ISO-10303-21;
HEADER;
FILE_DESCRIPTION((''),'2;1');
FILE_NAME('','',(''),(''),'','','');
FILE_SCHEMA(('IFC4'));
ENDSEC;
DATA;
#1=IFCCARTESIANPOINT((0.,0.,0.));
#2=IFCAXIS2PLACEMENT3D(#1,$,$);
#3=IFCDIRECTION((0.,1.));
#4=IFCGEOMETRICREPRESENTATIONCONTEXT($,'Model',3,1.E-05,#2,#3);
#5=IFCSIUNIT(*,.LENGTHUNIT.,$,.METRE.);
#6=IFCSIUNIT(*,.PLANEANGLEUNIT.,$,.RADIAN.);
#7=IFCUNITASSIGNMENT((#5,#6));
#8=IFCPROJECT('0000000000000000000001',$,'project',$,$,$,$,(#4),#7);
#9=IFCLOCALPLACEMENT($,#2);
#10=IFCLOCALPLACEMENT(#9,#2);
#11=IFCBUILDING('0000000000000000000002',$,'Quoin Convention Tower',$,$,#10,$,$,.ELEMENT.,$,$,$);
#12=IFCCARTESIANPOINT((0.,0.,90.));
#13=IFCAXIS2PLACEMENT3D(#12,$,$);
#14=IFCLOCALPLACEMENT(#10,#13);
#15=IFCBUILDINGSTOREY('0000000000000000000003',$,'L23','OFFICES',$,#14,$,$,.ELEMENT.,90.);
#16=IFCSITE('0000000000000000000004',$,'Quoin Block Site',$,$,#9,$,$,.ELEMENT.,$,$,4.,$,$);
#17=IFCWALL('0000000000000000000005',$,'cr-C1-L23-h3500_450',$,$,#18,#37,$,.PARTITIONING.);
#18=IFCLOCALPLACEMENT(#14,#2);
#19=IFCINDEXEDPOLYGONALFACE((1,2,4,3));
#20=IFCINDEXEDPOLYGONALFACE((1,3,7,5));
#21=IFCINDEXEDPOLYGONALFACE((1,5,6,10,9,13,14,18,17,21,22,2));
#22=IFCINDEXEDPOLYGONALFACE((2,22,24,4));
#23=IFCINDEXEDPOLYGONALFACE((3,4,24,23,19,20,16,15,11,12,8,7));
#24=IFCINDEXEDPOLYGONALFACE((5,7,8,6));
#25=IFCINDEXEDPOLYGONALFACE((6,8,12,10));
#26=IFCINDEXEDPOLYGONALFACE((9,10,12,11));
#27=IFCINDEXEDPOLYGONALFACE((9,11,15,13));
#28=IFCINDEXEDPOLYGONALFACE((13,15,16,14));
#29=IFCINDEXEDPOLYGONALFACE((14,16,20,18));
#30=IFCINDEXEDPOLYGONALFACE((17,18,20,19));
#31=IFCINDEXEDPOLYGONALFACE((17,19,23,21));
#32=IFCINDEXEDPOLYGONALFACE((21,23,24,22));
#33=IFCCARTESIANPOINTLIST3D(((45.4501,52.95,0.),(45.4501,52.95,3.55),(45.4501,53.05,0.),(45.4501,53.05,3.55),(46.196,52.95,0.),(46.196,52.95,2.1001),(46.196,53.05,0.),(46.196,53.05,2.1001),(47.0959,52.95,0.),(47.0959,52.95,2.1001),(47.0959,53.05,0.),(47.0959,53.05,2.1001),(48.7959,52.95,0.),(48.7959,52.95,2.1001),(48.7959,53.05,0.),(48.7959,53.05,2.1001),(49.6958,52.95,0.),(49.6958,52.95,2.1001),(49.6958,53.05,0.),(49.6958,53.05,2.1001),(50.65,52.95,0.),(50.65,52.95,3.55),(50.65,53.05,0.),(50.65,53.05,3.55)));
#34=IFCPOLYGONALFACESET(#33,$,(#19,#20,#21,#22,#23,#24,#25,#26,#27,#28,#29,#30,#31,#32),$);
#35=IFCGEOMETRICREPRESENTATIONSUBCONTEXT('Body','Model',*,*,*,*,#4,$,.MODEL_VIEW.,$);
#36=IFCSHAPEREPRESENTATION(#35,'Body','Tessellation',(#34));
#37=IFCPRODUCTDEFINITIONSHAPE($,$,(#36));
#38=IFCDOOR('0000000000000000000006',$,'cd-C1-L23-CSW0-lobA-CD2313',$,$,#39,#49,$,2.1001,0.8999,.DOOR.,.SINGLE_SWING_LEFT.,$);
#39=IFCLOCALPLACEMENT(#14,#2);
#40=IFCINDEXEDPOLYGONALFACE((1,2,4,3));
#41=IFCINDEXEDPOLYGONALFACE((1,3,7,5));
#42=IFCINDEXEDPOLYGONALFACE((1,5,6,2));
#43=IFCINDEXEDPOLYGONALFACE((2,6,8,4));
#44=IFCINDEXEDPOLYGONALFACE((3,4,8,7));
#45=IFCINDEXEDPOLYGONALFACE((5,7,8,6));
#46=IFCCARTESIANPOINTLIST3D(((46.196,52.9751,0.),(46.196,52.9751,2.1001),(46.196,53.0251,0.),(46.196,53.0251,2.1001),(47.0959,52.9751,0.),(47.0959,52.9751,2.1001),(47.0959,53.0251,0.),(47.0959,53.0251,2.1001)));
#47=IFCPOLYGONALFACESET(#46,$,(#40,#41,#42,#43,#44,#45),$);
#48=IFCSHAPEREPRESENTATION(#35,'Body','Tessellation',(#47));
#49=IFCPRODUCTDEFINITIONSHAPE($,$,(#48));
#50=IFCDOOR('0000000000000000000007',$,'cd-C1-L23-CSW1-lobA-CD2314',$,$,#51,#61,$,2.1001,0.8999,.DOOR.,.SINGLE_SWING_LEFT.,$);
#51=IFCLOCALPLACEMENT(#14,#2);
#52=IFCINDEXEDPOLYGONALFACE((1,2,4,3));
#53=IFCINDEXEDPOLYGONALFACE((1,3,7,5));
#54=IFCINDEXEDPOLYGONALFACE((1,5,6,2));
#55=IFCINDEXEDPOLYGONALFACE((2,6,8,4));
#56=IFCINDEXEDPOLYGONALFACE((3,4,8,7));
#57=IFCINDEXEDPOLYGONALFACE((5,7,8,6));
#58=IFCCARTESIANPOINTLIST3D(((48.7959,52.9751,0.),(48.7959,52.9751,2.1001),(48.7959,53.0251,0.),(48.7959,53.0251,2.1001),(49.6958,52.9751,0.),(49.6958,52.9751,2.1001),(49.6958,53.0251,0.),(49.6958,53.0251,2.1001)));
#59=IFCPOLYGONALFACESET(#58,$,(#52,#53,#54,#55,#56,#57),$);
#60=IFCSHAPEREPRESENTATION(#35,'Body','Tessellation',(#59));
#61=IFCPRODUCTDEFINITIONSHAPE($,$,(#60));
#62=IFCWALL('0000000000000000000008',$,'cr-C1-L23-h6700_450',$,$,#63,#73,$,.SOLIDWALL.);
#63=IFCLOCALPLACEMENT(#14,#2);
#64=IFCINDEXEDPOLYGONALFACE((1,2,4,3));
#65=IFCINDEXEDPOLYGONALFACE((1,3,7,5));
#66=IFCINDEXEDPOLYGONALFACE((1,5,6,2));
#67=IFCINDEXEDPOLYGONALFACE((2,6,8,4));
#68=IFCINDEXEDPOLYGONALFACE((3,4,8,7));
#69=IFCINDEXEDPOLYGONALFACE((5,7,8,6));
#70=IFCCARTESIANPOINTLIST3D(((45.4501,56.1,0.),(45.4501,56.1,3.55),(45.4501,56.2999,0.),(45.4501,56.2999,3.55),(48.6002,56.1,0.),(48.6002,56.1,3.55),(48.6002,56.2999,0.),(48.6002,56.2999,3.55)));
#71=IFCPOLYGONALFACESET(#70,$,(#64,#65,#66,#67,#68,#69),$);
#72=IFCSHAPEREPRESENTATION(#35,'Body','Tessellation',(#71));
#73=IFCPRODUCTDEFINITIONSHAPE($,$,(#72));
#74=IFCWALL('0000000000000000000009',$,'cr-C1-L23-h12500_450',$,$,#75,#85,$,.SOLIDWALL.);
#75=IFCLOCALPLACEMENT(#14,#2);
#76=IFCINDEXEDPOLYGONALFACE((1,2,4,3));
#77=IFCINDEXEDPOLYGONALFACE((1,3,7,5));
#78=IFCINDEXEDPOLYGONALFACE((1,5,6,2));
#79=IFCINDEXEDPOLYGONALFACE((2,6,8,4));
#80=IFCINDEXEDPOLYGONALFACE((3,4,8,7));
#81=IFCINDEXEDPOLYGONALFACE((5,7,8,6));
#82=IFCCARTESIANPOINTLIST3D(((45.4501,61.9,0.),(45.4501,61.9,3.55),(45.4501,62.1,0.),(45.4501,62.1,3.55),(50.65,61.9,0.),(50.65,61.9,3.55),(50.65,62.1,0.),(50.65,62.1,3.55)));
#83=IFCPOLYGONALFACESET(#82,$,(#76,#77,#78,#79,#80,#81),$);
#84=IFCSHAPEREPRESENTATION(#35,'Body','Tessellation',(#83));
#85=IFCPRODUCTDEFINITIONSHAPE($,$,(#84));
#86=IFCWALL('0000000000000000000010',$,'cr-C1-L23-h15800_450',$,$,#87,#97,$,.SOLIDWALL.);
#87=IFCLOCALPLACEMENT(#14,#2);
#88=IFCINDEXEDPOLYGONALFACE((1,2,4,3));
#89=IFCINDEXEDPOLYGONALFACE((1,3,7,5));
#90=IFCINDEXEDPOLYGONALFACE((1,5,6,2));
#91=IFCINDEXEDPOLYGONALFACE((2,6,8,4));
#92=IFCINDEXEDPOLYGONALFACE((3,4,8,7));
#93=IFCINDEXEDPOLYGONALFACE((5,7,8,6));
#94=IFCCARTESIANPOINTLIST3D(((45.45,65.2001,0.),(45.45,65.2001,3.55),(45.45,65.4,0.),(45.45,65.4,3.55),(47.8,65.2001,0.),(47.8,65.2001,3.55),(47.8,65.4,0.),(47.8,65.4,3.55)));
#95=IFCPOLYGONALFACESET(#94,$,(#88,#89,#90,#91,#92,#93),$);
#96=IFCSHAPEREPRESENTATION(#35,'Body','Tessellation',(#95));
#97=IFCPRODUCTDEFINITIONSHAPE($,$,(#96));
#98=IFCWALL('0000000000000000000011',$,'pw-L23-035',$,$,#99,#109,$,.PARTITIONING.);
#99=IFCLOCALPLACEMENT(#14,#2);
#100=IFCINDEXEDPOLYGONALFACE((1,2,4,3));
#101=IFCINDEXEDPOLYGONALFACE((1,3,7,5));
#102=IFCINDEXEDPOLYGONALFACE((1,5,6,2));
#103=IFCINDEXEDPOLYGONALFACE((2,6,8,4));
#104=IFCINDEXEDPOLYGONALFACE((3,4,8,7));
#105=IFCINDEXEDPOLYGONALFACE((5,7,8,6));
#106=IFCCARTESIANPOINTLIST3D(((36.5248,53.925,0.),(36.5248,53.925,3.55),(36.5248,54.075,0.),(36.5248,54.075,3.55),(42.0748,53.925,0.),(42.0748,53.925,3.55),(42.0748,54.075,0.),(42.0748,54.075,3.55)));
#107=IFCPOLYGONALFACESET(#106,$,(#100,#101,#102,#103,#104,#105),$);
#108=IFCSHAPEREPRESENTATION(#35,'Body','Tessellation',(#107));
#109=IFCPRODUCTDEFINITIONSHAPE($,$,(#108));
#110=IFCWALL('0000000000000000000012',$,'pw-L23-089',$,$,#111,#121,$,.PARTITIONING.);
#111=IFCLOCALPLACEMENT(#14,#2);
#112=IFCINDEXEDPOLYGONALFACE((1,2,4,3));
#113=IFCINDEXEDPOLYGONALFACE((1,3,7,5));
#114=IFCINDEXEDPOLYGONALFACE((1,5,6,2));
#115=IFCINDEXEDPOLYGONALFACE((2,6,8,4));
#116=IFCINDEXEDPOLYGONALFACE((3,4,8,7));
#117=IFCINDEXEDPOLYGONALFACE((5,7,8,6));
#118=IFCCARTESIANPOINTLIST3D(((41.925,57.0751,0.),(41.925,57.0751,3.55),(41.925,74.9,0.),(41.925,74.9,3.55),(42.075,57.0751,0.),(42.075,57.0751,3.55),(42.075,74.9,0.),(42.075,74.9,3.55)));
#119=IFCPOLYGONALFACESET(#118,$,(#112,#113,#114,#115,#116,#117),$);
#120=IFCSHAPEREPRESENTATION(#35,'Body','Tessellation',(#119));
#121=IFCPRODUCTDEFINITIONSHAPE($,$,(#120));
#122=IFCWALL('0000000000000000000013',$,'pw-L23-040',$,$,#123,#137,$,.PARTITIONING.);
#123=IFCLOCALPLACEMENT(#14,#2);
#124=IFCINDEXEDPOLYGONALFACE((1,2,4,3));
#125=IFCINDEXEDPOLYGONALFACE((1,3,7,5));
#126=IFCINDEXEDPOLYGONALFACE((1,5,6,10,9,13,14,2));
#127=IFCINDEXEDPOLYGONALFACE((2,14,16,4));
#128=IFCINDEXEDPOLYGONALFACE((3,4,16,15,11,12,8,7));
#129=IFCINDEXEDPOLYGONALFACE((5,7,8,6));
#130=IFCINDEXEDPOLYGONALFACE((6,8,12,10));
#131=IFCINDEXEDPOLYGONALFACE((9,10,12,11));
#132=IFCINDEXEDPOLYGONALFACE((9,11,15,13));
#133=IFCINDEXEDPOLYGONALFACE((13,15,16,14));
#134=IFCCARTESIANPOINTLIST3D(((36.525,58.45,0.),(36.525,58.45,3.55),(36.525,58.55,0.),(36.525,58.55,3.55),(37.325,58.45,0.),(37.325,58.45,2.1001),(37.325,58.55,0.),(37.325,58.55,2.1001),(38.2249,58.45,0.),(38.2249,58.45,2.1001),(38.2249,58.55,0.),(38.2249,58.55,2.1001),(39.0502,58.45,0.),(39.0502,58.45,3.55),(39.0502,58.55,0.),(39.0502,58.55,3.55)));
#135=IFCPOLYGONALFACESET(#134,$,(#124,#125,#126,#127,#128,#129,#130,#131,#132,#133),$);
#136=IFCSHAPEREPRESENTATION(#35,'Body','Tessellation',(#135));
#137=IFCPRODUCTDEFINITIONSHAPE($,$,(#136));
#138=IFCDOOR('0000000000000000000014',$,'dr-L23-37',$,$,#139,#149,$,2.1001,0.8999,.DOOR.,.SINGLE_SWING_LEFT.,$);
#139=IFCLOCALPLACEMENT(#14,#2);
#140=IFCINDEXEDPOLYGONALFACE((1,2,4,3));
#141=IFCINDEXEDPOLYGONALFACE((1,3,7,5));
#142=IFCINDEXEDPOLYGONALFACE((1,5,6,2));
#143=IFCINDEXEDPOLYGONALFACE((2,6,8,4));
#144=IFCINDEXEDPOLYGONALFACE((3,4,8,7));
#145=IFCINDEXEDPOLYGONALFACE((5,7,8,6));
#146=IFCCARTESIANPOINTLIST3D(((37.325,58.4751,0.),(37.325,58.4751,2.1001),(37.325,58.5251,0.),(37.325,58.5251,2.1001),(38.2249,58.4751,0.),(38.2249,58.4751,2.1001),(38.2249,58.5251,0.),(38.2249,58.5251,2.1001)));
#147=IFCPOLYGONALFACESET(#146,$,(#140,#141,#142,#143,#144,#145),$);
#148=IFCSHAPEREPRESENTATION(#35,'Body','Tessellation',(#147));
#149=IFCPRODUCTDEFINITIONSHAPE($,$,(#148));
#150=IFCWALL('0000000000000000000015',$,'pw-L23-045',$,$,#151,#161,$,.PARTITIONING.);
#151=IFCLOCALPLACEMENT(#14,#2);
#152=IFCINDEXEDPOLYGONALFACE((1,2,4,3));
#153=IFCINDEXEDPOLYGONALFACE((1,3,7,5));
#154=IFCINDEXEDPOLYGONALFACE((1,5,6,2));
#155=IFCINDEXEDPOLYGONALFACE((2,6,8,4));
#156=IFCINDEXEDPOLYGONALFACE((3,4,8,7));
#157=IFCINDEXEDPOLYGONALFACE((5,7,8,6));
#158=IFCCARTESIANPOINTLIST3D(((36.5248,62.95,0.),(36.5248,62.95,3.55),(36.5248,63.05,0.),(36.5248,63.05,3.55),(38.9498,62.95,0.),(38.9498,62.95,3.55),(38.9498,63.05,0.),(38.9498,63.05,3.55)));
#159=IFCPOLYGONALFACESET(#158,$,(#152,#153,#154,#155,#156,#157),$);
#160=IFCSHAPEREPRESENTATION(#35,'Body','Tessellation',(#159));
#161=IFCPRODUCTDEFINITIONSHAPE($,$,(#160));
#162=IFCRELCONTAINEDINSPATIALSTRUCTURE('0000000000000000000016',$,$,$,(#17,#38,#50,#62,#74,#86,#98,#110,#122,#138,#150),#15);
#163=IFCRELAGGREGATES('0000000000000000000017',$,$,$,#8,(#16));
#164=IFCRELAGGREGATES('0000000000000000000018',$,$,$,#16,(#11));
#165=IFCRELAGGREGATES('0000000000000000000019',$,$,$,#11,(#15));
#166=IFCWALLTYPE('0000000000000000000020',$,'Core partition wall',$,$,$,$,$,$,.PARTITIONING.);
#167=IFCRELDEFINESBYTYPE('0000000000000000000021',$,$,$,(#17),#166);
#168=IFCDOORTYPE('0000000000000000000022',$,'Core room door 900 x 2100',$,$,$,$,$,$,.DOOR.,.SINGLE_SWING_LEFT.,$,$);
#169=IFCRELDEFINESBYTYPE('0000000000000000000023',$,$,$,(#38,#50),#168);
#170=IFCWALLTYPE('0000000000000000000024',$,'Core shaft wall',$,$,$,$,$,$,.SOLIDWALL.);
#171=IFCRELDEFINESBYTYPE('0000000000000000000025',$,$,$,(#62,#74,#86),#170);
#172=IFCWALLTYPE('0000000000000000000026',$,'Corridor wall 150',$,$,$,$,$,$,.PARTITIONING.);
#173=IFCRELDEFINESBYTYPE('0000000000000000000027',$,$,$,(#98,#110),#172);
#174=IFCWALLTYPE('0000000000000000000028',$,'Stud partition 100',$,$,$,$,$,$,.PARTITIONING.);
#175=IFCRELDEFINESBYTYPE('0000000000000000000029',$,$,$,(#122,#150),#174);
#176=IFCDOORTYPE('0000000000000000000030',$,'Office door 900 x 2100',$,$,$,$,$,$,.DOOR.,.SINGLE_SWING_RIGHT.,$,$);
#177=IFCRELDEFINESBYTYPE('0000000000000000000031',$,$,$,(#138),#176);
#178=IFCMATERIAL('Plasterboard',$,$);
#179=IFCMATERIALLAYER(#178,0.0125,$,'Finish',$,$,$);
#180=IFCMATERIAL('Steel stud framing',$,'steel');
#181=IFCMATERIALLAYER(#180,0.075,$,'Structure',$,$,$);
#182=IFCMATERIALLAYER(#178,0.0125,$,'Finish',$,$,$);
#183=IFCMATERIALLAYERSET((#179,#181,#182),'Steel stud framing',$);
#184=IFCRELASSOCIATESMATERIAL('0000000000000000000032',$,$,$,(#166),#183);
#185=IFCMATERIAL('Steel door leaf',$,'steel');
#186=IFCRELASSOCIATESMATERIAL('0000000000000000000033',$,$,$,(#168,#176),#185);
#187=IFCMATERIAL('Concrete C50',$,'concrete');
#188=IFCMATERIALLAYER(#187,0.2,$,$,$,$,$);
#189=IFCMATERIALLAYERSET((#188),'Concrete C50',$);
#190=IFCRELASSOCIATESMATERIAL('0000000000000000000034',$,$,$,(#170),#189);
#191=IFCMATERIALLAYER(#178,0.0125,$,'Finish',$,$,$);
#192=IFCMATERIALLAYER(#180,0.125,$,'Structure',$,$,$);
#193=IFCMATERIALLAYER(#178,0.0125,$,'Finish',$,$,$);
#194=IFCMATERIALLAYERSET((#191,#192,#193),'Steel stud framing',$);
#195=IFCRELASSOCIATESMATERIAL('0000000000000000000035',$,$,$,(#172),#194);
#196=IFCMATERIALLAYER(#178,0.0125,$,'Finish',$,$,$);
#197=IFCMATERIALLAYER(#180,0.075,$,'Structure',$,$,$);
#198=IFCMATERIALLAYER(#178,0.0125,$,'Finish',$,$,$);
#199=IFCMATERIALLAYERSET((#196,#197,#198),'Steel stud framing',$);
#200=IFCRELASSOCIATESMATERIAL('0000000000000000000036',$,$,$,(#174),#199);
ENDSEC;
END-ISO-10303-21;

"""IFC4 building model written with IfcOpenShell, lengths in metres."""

from ifc_helpers import new_model, si_unit, direction, frame, frame_2d, origin, place, context, subcontext, project, spatial, rectangle, extrude, material, layer, layer_set, type_object, element, fill, save


model = new_model("IFC4")

# Units and contexts
model_context = context("Model", 3, precision=1e-05, world=origin(), true_north=direction((0.0, 1.0)))
body_context = subcontext(model_context, "Body", "Model", "MODEL_VIEW")
ifc_project = project(units=[si_unit("LENGTHUNIT", "METRE"), si_unit("PLANEANGLEUNIT", "RADIAN")], contexts=[model_context])

# Site, building, storey
site_placement = place(None, origin())
site = spatial("IfcSite", under=ifc_project, at=site_placement, Name="Quoin Block Site", CompositionType="ELEMENT", RefElevation=4.0)
building_placement = place(site_placement, origin())
building = spatial("IfcBuilding", under=site, at=building_placement, Name="Quoin Convention Tower", CompositionType="ELEMENT")
storey_placement = place(building_placement, frame((0.0, 0.0, 90.0)))
storey = spatial("IfcBuildingStorey", under=building, at=storey_placement, Name="L23", Description="OFFICES", CompositionType="ELEMENT", Elevation=90.0)

# Wall, openings, doors
ifc_material_1 = material(Name="Plasterboard")
ifc_layer_1 = layer(ifc_material_1, 0.0125, Name="Finish")
ifc_material_2 = material(Name="Steel stud framing", Category="steel")
ifc_layer_2 = layer(ifc_material_2, 0.075, Name="Structure")
ifc_layer_3 = layer(ifc_material_1, 0.0125, Name="Finish")
ifc_layer_set_1 = layer_set([ifc_layer_1, ifc_layer_2, ifc_layer_3], Name="Steel stud framing")
wall_type_1 = type_object("IfcWallType", Name="Core partition wall", PredefinedType="PARTITIONING", material=ifc_layer_set_1)
wall_1_placement = place(storey_placement, frame((45.45, 53.0, 0.0), z_axis=(0.0, 0.0, 1.0), x_axis=(1.0, 0.0, 0.0)))
wall_1 = element("IfcWall", 1, at=wall_1_placement, inside=storey, type_object=wall_type_1, Name="cr-C1-L23-h3500_450", PredefinedType="PARTITIONING", context=body_context, shape_type="SweptSolid", body=[
    extrude(rectangle(XDim=5.2, YDim=0.1001, at=frame_2d((2.6001, 0.0))), origin(), (0.0, 0.0, 1.0), 3.55),
])
opening_1_placement = place(wall_1_placement, frame((0.7461, 0.0, 0.0)))
opening_1 = element("IfcOpeningElement", 2, at=opening_1_placement, cuts=wall_1, PredefinedType="OPENING", context=body_context, shape_type="SweptSolid", body=[
    extrude(rectangle(XDim=0.8999, YDim=2.1001, at=frame_2d((0.45, 1.05))), frame((0.0, 0.0601, 0.0), z_axis=(0.0, -1.0, 0.0), x_axis=(1.0, 0.0, 0.0)), (0.0, 0.0, 1.0), 0.1201),
])
opening_2_placement = place(wall_1_placement, frame((3.3459, 0.0, 0.0)))
opening_2 = element("IfcOpeningElement", 3, at=opening_2_placement, cuts=wall_1, PredefinedType="OPENING", context=body_context, shape_type="SweptSolid", body=[
    extrude(rectangle(XDim=0.8999, YDim=2.1001, at=frame_2d((0.45, 1.05))), frame((0.0, 0.0601, 0.0), z_axis=(0.0, -1.0, 0.0), x_axis=(1.0, 0.0, 0.0)), (0.0, 0.0, 1.0), 0.1201),
])
ifc_material_3 = material(Name="Steel door leaf", Category="steel")
door_type_1 = type_object("IfcDoorType", Name="Core room door 900 x 2100", OperationType="SINGLE_SWING_LEFT", PredefinedType="DOOR", material=ifc_material_3)
door_1_placement = place(opening_1_placement, frame((0.8999, 0.0, 0.0), z_axis=(0.0, 0.0, 1.0), x_axis=(-1.0, 0.0, 0.0)))
door_1 = element("IfcDoor", 4, at=door_1_placement, inside=storey, type_object=door_type_1, Name="cd-C1-L23-CSW0-lobA-CD2313", OperationType="SINGLE_SWING_LEFT", OverallHeight=2.1001, OverallWidth=0.8999, PredefinedType="DOOR", context=body_context, shape_type="SweptSolid", body=[
    extrude(rectangle(XDim=0.8999, YDim=2.1001, at=frame_2d((0.45, 1.05))), frame((0.0, 0.0249, 0.0), z_axis=(0.0, -1.0, 0.0), x_axis=(1.0, 0.0, 0.0)), (0.0, 0.0, 1.0), 0.05),
])
fill(opening_1, door_1)
door_2_placement = place(opening_2_placement, frame((0.8999, 0.0, 0.0), z_axis=(0.0, 0.0, 1.0), x_axis=(-1.0, 0.0, 0.0)))
door_2 = element("IfcDoor", 5, at=door_2_placement, inside=storey, type_object=door_type_1, Name="cd-C1-L23-CSW1-lobA-CD2314", OperationType="SINGLE_SWING_LEFT", OverallHeight=2.1001, OverallWidth=0.8999, PredefinedType="DOOR", context=body_context, shape_type="SweptSolid", body=[
    extrude(rectangle(XDim=0.8999, YDim=2.1001, at=frame_2d((0.45, 1.05))), frame((0.0, 0.0249, 0.0), z_axis=(0.0, -1.0, 0.0), x_axis=(1.0, 0.0, 0.0)), (0.0, 0.0, 1.0), 0.05),
])
fill(opening_2, door_2)

# Walls
ifc_material_4 = material(Name="Concrete C50", Category="concrete")
ifc_layer_4 = layer(ifc_material_4, 0.2)
ifc_layer_set_2 = layer_set([ifc_layer_4], Name="Concrete C50")
wall_type_2 = type_object("IfcWallType", Name="Core shaft wall", PredefinedType="SOLIDWALL", material=ifc_layer_set_2)
wall_2_placement = place(storey_placement, frame((45.45, 56.2, 0.0), z_axis=(0.0, 0.0, 1.0), x_axis=(1.0, 0.0, 0.0)))
element("IfcWall", 6, at=wall_2_placement, inside=storey, type_object=wall_type_2, Name="cr-C1-L23-h6700_450", PredefinedType="SOLIDWALL", context=body_context, shape_type="SweptSolid", body=[
    extrude(rectangle(XDim=3.1501, YDim=0.2, at=frame_2d((1.5752, 0.0))), origin(), (0.0, 0.0, 1.0), 3.55),
])
wall_3_placement = place(storey_placement, frame((45.45, 62.0, 0.0), z_axis=(0.0, 0.0, 1.0), x_axis=(1.0, 0.0, 0.0)))
element("IfcWall", 7, at=wall_3_placement, inside=storey, type_object=wall_type_2, Name="cr-C1-L23-h12500_450", PredefinedType="SOLIDWALL", context=body_context, shape_type="SweptSolid", body=[
    extrude(rectangle(XDim=5.2, YDim=0.2, at=frame_2d((2.6001, 0.0))), origin(), (0.0, 0.0, 1.0), 3.55),
])
wall_4_placement = place(storey_placement, frame((45.45, 65.3, 0.0), z_axis=(0.0, 0.0, 1.0), x_axis=(1.0, 0.0, 0.0)))
element("IfcWall", 8, at=wall_4_placement, inside=storey, type_object=wall_type_2, Name="cr-C1-L23-h15800_450", PredefinedType="SOLIDWALL", context=body_context, shape_type="SweptSolid", body=[
    extrude(rectangle(XDim=2.3501, YDim=0.2, at=frame_2d((1.175, 0.0))), origin(), (0.0, 0.0, 1.0), 3.55),
])
ifc_layer_5 = layer(ifc_material_1, 0.0125, Name="Finish")
ifc_layer_6 = layer(ifc_material_2, 0.125, Name="Structure")
ifc_layer_7 = layer(ifc_material_1, 0.0125, Name="Finish")
ifc_layer_set_3 = layer_set([ifc_layer_5, ifc_layer_6, ifc_layer_7], Name="Steel stud framing")
wall_type_3 = type_object("IfcWallType", Name="Corridor wall 150", PredefinedType="PARTITIONING", material=ifc_layer_set_3)
wall_5_placement = place(storey_placement, frame((36.5249, 54.0, 0.0), z_axis=(0.0, 0.0, 1.0), x_axis=(1.0, 0.0, 0.0)))
element("IfcWall", 9, at=wall_5_placement, inside=storey, type_object=wall_type_3, Name="pw-L23-035", PredefinedType="PARTITIONING", context=body_context, shape_type="SweptSolid", body=[
    extrude(rectangle(XDim=5.55, YDim=0.1499, at=frame_2d((2.7749, 0.0))), origin(), (0.0, 0.0, 1.0), 3.55),
])
wall_6_placement = place(storey_placement, frame((42.0, 57.075, 0.0), z_axis=(0.0, 0.0, 1.0), x_axis=(0.0, 1.0, 0.0)))
element("IfcWall", 10, at=wall_6_placement, inside=storey, type_object=wall_type_3, Name="pw-L23-089", PredefinedType="PARTITIONING", context=body_context, shape_type="SweptSolid", body=[
    extrude(rectangle(XDim=17.825, YDim=0.1499, at=frame_2d((8.9126, 0.0))), origin(), (0.0, 0.0, 1.0), 3.55),
])

# Wall, opening, door
ifc_layer_8 = layer(ifc_material_1, 0.0125, Name="Finish")
ifc_layer_9 = layer(ifc_material_2, 0.075, Name="Structure")
ifc_layer_10 = layer(ifc_material_1, 0.0125, Name="Finish")
ifc_layer_set_4 = layer_set([ifc_layer_8, ifc_layer_9, ifc_layer_10], Name="Steel stud framing")
wall_type_4 = type_object("IfcWallType", Name="Stud partition 100", PredefinedType="PARTITIONING", material=ifc_layer_set_4)
wall_7_placement = place(storey_placement, frame((36.5249, 58.5, 0.0), z_axis=(0.0, 0.0, 1.0), x_axis=(1.0, 0.0, 0.0)))
wall_7 = element("IfcWall", 11, at=wall_7_placement, inside=storey, type_object=wall_type_4, Name="pw-L23-040", PredefinedType="PARTITIONING", context=body_context, shape_type="SweptSolid", body=[
    extrude(rectangle(XDim=2.5251, YDim=0.1001, at=frame_2d((1.2627, 0.0))), origin(), (0.0, 0.0, 1.0), 3.55),
])
opening_3_placement = place(wall_7_placement, frame((0.8, 0.0, 0.0)))
opening_3 = element("IfcOpeningElement", 12, at=opening_3_placement, cuts=wall_7, PredefinedType="OPENING", context=body_context, shape_type="SweptSolid", body=[
    extrude(rectangle(XDim=0.8999, YDim=2.1001, at=frame_2d((0.45, 1.05))), frame((0.0, 0.0601, 0.0), z_axis=(0.0, -1.0, 0.0), x_axis=(1.0, 0.0, 0.0)), (0.0, 0.0, 1.0), 0.1201),
])
door_type_2 = type_object("IfcDoorType", Name="Office door 900 x 2100", OperationType="SINGLE_SWING_RIGHT", PredefinedType="DOOR", material=ifc_material_3)
door_3_placement = place(opening_3_placement, frame((0.8999, 0.0, 0.0), z_axis=(0.0, 0.0, 1.0), x_axis=(-1.0, 0.0, 0.0)))
door_3 = element("IfcDoor", 13, at=door_3_placement, inside=storey, type_object=door_type_2, Name="dr-L23-37", OperationType="SINGLE_SWING_LEFT", OverallHeight=2.1001, OverallWidth=0.8999, PredefinedType="DOOR", context=body_context, shape_type="SweptSolid", body=[
    extrude(rectangle(XDim=0.8999, YDim=2.1001, at=frame_2d((0.45, 1.05))), frame((0.0, 0.0249, 0.0), z_axis=(0.0, -1.0, 0.0), x_axis=(1.0, 0.0, 0.0)), (0.0, 0.0, 1.0), 0.05),
])
fill(opening_3, door_3)

# Wall
wall_8_placement = place(storey_placement, frame((36.5249, 63.0, 0.0), z_axis=(0.0, 0.0, 1.0), x_axis=(1.0, 0.0, 0.0)))
element("IfcWall", 14, at=wall_8_placement, inside=storey, type_object=wall_type_4, Name="pw-L23-045", PredefinedType="PARTITIONING", context=body_context, shape_type="SweptSolid", body=[
    extrude(rectangle(XDim=2.425, YDim=0.1001, at=frame_2d((1.2124, 0.0))), origin(), (0.0, 0.0, 1.0), 3.55),
])

save(model, "model.ifc")
